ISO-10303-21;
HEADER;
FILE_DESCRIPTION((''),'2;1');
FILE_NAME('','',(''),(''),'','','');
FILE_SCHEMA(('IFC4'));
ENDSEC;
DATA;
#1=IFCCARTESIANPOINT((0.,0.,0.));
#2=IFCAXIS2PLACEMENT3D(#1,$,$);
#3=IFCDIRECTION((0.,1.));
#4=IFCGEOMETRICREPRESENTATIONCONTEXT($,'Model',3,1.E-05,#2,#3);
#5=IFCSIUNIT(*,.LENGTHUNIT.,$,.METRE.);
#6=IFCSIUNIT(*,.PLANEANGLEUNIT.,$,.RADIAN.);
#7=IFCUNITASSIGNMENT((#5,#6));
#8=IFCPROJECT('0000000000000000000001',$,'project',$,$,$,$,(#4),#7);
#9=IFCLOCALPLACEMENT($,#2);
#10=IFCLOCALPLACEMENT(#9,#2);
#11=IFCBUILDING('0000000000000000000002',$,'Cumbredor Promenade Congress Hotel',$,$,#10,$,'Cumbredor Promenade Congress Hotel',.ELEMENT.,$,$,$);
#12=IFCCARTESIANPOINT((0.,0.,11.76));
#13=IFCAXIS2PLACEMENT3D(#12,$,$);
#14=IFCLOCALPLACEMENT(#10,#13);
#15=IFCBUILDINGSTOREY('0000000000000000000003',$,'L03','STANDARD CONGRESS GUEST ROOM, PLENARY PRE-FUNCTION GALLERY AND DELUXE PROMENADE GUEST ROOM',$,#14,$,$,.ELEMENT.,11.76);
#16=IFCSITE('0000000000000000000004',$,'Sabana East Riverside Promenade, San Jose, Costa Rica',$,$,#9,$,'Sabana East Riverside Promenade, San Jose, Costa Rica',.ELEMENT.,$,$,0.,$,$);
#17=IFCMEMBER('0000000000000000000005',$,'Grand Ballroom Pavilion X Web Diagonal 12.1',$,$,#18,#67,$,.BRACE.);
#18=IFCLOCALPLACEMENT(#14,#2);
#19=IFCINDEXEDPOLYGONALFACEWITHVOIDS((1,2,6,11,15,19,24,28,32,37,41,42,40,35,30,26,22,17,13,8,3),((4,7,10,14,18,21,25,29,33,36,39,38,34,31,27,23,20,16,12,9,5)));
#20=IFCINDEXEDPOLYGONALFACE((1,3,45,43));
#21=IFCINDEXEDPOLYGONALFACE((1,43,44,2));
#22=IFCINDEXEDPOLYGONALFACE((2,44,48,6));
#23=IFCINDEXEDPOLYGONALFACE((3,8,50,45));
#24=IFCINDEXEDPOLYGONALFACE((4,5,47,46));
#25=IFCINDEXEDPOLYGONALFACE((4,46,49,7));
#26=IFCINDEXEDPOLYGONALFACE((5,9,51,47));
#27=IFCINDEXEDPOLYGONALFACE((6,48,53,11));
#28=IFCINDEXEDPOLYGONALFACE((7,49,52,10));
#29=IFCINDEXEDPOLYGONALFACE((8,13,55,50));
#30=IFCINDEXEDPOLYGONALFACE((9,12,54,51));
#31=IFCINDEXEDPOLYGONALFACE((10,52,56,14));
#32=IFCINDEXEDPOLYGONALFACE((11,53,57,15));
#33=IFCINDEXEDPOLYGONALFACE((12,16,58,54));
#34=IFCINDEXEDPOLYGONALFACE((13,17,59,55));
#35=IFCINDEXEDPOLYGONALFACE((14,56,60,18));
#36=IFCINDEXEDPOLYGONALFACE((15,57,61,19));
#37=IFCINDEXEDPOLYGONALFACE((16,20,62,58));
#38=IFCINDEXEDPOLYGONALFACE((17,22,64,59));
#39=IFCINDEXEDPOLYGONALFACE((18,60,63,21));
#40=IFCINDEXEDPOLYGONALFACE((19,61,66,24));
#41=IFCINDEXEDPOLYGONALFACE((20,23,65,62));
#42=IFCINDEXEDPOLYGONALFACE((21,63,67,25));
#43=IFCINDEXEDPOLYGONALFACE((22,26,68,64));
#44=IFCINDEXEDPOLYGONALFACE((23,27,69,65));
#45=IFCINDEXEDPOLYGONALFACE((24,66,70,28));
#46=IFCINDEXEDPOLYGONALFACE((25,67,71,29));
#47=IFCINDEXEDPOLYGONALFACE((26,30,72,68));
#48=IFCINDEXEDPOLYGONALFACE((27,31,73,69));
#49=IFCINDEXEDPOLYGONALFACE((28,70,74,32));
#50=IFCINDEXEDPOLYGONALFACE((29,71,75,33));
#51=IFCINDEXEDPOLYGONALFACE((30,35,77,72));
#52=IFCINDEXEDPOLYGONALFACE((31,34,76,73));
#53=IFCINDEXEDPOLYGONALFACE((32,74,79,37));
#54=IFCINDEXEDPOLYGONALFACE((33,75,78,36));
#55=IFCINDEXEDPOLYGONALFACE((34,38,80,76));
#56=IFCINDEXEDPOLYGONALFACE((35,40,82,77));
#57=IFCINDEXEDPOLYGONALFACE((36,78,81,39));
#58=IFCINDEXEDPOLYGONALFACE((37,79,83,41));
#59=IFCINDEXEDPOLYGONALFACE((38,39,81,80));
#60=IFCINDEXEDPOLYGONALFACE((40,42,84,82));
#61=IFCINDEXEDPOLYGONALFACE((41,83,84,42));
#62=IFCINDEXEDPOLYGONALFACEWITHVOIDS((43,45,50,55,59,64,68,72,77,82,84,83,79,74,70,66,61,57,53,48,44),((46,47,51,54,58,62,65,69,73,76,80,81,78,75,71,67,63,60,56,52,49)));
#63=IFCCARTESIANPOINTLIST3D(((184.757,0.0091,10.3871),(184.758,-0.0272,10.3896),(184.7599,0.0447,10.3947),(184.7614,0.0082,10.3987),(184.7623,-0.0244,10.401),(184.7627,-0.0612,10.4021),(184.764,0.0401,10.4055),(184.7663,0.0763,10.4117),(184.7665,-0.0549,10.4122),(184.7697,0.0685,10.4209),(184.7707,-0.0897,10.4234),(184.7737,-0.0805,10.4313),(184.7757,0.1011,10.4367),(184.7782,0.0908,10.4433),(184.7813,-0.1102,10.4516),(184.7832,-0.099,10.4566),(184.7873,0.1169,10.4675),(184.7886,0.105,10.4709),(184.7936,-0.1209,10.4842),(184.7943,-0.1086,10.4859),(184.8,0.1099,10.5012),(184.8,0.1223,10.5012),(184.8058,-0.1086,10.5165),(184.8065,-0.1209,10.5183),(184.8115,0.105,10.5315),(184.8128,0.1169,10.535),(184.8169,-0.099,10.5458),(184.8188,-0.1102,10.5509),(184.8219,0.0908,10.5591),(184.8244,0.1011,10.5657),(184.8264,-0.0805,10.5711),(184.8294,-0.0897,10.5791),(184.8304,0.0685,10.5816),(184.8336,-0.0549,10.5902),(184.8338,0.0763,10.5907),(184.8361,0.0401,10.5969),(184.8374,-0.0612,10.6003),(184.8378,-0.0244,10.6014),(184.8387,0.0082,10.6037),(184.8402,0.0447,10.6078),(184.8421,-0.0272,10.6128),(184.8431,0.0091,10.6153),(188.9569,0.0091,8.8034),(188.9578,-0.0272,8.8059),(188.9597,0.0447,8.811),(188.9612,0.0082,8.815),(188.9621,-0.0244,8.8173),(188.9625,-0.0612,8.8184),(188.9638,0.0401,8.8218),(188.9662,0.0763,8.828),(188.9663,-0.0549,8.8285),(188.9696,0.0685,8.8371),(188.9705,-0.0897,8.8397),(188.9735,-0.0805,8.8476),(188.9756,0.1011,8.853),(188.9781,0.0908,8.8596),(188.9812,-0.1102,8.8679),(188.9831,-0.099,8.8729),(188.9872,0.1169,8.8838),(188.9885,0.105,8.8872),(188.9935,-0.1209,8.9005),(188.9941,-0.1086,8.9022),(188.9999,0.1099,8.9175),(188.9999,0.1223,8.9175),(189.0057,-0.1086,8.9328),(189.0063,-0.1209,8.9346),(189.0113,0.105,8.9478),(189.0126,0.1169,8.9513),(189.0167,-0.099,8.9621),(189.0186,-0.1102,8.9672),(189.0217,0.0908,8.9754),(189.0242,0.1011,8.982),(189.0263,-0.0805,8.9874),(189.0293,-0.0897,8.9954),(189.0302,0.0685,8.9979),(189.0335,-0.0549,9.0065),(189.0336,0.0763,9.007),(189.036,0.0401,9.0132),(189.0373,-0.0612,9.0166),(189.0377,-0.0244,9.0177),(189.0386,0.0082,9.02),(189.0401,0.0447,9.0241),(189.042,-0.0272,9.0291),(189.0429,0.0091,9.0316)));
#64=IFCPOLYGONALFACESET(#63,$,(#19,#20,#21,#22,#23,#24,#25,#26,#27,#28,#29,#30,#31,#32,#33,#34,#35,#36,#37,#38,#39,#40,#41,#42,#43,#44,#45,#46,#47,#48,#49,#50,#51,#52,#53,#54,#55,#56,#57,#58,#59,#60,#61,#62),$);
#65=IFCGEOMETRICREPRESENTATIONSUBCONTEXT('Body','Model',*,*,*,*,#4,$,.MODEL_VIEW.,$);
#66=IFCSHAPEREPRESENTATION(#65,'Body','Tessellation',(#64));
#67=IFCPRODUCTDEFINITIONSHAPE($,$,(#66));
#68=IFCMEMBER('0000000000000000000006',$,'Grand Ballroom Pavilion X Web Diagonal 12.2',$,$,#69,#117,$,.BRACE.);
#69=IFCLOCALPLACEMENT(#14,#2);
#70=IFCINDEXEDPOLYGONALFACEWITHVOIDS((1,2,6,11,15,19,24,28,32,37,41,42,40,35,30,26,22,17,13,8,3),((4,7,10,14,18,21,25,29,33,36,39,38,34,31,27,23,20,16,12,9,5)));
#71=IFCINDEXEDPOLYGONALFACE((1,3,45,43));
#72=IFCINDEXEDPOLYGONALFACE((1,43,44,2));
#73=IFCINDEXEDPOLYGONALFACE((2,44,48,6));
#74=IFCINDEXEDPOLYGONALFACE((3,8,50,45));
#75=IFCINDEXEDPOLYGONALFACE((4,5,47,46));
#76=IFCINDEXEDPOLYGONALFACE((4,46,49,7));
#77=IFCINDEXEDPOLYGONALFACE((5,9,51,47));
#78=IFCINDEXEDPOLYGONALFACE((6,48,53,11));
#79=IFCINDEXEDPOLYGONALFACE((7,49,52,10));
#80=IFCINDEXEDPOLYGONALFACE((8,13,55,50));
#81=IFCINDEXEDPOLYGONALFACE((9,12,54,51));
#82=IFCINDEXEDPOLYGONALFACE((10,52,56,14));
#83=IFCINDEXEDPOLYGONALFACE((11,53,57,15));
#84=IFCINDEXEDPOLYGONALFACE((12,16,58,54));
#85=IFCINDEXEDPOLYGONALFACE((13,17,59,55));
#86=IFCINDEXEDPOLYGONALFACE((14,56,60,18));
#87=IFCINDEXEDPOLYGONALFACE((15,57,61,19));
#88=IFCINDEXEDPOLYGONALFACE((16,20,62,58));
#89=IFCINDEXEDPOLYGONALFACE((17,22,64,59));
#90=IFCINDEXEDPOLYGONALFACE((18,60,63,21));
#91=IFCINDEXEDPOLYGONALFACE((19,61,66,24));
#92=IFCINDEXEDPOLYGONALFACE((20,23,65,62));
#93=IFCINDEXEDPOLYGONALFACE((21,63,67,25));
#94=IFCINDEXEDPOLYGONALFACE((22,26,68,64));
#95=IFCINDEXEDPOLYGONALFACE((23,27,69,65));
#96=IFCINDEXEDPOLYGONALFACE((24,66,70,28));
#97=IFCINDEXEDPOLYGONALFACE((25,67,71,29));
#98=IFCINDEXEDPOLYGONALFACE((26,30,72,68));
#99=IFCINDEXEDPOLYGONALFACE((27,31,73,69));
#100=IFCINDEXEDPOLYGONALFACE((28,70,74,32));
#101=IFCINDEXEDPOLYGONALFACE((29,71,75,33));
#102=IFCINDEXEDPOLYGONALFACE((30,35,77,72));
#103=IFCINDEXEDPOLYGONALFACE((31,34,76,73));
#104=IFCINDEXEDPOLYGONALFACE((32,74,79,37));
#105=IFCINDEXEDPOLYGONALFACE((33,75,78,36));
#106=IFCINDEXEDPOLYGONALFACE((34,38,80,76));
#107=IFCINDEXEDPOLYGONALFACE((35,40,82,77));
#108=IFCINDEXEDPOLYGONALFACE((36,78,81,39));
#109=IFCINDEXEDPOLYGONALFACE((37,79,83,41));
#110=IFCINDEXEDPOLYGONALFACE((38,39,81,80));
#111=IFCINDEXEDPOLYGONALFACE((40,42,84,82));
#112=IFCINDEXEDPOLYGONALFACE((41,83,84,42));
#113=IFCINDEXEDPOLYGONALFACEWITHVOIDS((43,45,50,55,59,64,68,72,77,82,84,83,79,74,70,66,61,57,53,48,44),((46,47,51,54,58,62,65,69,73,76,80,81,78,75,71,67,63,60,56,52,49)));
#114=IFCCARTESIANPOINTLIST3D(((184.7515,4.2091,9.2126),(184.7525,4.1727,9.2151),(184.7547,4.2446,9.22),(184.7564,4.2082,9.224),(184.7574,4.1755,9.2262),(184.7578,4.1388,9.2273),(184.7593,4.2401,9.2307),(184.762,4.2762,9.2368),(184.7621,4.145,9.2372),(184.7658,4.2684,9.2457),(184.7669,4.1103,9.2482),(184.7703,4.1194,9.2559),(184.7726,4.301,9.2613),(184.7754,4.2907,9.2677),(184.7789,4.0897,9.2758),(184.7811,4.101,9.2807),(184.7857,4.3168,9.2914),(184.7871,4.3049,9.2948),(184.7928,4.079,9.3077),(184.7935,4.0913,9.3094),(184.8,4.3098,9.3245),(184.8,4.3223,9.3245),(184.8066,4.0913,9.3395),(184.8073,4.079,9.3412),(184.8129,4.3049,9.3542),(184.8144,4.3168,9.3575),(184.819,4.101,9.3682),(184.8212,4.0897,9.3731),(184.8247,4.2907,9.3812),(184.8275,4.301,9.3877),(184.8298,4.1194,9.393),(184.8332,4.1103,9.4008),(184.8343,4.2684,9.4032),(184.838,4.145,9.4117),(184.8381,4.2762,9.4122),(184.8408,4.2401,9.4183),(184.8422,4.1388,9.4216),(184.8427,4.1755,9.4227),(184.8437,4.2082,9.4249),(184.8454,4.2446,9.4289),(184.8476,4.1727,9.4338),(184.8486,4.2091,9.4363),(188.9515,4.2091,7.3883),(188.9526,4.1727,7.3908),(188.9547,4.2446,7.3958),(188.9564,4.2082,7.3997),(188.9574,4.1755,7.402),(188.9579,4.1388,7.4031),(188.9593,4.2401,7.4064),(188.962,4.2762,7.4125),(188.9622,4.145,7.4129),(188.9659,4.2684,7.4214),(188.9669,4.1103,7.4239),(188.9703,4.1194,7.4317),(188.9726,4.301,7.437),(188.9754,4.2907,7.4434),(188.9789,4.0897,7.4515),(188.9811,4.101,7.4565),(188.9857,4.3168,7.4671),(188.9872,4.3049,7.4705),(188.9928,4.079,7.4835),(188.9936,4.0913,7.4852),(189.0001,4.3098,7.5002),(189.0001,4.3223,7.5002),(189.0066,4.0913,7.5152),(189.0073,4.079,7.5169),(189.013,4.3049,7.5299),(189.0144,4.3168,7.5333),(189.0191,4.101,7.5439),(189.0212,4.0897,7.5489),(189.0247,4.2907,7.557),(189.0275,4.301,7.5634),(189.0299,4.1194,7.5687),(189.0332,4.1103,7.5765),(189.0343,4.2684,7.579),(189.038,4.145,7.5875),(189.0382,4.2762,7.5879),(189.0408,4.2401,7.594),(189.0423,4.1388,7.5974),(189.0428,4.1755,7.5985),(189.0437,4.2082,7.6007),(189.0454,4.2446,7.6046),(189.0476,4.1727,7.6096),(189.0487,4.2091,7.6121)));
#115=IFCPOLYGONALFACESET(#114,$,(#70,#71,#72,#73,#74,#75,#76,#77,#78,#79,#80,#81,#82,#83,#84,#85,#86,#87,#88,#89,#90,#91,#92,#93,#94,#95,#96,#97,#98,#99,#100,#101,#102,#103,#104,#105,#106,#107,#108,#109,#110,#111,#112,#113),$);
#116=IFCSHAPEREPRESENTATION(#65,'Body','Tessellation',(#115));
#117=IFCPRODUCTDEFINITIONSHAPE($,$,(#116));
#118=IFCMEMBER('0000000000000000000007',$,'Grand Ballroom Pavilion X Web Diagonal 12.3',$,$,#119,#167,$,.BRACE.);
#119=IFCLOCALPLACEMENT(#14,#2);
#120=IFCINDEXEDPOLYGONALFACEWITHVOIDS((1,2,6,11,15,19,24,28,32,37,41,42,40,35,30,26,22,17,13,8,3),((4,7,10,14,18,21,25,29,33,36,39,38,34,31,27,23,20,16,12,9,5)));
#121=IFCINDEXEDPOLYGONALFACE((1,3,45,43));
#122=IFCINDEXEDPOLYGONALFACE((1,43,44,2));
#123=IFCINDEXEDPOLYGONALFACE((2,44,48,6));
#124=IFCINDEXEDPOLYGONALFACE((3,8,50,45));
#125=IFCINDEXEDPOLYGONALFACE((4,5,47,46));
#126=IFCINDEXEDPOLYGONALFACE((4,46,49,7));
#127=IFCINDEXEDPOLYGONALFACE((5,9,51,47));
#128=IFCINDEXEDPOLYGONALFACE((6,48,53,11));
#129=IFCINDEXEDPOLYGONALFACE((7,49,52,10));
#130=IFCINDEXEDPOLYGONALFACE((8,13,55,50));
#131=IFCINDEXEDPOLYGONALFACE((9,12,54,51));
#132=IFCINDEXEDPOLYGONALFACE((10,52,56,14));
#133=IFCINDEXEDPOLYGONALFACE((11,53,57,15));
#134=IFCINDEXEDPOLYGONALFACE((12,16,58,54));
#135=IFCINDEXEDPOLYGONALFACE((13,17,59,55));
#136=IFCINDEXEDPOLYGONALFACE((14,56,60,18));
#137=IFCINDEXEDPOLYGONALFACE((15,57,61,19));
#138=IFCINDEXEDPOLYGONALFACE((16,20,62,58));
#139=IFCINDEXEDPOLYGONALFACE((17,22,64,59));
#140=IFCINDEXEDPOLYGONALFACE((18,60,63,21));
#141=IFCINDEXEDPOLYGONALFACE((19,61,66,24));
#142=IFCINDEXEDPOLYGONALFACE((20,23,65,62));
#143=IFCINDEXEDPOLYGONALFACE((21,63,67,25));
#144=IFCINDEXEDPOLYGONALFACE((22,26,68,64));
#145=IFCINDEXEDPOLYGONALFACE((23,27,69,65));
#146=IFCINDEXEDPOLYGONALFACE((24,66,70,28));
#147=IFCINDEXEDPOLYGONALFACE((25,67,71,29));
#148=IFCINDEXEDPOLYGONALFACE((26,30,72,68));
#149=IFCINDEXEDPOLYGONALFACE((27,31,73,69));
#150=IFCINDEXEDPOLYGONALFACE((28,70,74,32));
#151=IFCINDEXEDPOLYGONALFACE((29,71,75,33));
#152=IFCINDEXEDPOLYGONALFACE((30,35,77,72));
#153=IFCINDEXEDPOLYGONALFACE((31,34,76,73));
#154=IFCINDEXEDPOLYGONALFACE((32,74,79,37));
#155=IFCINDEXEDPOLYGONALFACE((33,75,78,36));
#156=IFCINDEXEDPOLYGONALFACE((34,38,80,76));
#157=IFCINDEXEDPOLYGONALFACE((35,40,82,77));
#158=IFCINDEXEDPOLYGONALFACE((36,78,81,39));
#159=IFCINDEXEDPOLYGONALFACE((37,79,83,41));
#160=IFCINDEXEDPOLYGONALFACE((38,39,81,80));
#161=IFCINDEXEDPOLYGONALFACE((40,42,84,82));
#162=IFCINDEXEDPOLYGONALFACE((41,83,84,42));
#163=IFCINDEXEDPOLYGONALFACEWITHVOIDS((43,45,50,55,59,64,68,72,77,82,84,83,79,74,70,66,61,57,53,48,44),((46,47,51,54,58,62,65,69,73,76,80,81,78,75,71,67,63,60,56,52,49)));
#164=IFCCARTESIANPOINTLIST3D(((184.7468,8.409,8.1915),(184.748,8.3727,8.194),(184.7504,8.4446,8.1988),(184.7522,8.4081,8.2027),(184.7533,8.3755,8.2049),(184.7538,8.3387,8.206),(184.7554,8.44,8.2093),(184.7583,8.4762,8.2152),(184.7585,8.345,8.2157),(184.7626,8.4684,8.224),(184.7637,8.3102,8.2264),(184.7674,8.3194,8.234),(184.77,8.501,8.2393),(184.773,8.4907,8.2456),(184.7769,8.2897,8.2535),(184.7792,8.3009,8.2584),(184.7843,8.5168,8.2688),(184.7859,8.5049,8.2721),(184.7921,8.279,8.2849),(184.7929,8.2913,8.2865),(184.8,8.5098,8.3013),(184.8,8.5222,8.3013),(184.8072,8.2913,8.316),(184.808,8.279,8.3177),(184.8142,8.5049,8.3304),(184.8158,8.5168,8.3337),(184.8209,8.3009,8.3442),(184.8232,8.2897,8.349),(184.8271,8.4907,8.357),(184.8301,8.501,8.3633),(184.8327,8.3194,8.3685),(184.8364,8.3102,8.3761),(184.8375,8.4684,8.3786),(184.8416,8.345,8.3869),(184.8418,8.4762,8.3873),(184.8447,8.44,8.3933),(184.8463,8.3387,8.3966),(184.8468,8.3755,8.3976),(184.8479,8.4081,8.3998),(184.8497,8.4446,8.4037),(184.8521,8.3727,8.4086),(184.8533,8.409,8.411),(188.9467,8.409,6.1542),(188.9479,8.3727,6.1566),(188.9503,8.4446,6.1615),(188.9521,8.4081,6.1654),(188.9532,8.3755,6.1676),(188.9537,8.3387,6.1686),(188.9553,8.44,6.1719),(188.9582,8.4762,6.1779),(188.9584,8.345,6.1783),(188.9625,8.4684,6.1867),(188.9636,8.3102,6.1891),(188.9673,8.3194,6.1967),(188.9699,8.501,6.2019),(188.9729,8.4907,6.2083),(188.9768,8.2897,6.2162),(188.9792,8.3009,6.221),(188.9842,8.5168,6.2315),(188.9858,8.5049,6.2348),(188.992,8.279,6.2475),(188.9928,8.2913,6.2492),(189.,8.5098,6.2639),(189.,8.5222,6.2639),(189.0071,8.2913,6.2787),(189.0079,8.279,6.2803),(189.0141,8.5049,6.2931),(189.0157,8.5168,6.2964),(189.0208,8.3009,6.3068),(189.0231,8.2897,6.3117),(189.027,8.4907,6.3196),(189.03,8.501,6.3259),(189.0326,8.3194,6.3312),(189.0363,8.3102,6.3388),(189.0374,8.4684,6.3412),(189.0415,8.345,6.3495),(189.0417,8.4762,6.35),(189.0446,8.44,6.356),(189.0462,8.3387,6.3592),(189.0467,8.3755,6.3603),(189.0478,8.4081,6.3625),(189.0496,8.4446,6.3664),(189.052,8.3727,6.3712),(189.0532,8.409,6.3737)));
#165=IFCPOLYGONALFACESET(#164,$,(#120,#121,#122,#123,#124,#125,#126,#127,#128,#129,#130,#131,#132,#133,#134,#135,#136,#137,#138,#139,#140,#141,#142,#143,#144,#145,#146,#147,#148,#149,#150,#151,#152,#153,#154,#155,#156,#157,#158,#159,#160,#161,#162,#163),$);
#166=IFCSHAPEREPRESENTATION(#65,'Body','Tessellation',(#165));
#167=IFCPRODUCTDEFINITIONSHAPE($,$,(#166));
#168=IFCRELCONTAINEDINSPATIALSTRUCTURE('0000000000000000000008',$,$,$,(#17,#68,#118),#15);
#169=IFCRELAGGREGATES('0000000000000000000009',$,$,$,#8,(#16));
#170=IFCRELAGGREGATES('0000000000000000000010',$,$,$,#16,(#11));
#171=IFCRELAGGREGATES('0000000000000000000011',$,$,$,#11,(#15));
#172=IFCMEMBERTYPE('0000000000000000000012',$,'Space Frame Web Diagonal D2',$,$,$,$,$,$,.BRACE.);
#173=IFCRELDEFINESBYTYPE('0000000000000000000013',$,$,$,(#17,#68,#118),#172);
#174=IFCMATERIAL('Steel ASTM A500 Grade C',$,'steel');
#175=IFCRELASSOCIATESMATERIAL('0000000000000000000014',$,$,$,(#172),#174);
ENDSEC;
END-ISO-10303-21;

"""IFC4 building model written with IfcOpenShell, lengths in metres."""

from ifc_helpers import new_model, si_unit, direction, frame, origin, origin_2d, place, context, subcontext, project, spatial, hollow_circle, extrude, material, material_profile, profile_set, type_object, element, save


model = new_model("IFC4")

# Units and contexts
model_context = context("Model", 3, precision=1e-05, world=origin(), true_north=direction((0.0, 1.0)))
body_context = subcontext(model_context, "Body", "Model", "MODEL_VIEW")
ifc_project = project(units=[si_unit("LENGTHUNIT", "METRE"), si_unit("PLANEANGLEUNIT", "RADIAN")], contexts=[model_context])

# Site, building, storey
site_placement = place(None, origin())
site = spatial("IfcSite", under=ifc_project, at=site_placement, Name="Sabana East Riverside Promenade, San Jose, Costa Rica", LongName="Sabana East Riverside Promenade, San Jose, Costa Rica", CompositionType="ELEMENT", RefElevation=0.0)
building_placement = place(site_placement, origin())
building = spatial("IfcBuilding", under=site, at=building_placement, Name="Cumbredor Promenade Congress Hotel", LongName="Cumbredor Promenade Congress Hotel", CompositionType="ELEMENT")
storey_placement = place(building_placement, frame((0.0, 0.0, 11.76)))
storey = spatial("IfcBuildingStorey", under=building, at=storey_placement, Name="L03", Description="STANDARD CONGRESS GUEST ROOM, PLENARY PRE-FUNCTION GALLERY AND DELUXE PROMENADE GUEST ROOM", CompositionType="ELEMENT", Elevation=11.76)

# Shared definitions
ifc_material_1 = material(Name="Steel ASTM A500 Grade C", Category="steel")

# Members
ifc_material_profile_1 = material_profile(ifc_material_1, hollow_circle(Radius=0.1223, WallThickness=0.0125, at=origin_2d()), Name="CHS 244.5x12.5")
ifc_profile_set_1 = profile_set([ifc_material_profile_1], Name="Steel ASTM A500 Grade C")
member_type_1 = type_object("IfcMemberType", Name="Space Frame Web Diagonal D2", PredefinedType="BRACE", material=ifc_profile_set_1)
member_1_placement = place(storey_placement, frame((184.8, 0.0, 10.5012), z_axis=(0.935686, 0.0, -0.352834), x_axis=(0.0, 1.0, 0.0)))
element("IfcMember", 1, at=member_1_placement, inside=storey, type_object=member_type_1, Name="Grand Ballroom Pavilion X Web Diagonal 12.1", PredefinedType="BRACE", context=body_context, shape_type="SweptSolid", body=[
    extrude(hollow_circle(Radius=0.1223, WallThickness=0.0125, at=origin_2d()), origin(), (0.0, 0.0, 1.0), 4.4885),
])
member_2_placement = place(storey_placement, frame((184.8, 4.2, 9.3245), z_axis=(0.917217, 0.0, -0.398387), x_axis=(0.0, 1.0, 0.0)))
element("IfcMember", 2, at=member_2_placement, inside=storey, type_object=member_type_1, Name="Grand Ballroom Pavilion X Web Diagonal 12.2", PredefinedType="BRACE", context=body_context, shape_type="SweptSolid", body=[
    extrude(hollow_circle(Radius=0.1223, WallThickness=0.0125, at=origin_2d()), origin(), (0.0, 0.0, 1.0), 4.5791),
])
member_3_placement = place(storey_placement, frame((184.8, 8.3999, 8.3013), z_axis=(0.899729, 0.0, -0.436449), x_axis=(0.0, 1.0, 0.0)))
element("IfcMember", 3, at=member_3_placement, inside=storey, type_object=member_type_1, Name="Grand Ballroom Pavilion X Web Diagonal 12.3", PredefinedType="BRACE", context=body_context, shape_type="SweptSolid", body=[
    extrude(hollow_circle(Radius=0.1223, WallThickness=0.0125, at=origin_2d()), origin(), (0.0, 0.0, 1.0), 4.668),
])

save(model, "model.ifc")
